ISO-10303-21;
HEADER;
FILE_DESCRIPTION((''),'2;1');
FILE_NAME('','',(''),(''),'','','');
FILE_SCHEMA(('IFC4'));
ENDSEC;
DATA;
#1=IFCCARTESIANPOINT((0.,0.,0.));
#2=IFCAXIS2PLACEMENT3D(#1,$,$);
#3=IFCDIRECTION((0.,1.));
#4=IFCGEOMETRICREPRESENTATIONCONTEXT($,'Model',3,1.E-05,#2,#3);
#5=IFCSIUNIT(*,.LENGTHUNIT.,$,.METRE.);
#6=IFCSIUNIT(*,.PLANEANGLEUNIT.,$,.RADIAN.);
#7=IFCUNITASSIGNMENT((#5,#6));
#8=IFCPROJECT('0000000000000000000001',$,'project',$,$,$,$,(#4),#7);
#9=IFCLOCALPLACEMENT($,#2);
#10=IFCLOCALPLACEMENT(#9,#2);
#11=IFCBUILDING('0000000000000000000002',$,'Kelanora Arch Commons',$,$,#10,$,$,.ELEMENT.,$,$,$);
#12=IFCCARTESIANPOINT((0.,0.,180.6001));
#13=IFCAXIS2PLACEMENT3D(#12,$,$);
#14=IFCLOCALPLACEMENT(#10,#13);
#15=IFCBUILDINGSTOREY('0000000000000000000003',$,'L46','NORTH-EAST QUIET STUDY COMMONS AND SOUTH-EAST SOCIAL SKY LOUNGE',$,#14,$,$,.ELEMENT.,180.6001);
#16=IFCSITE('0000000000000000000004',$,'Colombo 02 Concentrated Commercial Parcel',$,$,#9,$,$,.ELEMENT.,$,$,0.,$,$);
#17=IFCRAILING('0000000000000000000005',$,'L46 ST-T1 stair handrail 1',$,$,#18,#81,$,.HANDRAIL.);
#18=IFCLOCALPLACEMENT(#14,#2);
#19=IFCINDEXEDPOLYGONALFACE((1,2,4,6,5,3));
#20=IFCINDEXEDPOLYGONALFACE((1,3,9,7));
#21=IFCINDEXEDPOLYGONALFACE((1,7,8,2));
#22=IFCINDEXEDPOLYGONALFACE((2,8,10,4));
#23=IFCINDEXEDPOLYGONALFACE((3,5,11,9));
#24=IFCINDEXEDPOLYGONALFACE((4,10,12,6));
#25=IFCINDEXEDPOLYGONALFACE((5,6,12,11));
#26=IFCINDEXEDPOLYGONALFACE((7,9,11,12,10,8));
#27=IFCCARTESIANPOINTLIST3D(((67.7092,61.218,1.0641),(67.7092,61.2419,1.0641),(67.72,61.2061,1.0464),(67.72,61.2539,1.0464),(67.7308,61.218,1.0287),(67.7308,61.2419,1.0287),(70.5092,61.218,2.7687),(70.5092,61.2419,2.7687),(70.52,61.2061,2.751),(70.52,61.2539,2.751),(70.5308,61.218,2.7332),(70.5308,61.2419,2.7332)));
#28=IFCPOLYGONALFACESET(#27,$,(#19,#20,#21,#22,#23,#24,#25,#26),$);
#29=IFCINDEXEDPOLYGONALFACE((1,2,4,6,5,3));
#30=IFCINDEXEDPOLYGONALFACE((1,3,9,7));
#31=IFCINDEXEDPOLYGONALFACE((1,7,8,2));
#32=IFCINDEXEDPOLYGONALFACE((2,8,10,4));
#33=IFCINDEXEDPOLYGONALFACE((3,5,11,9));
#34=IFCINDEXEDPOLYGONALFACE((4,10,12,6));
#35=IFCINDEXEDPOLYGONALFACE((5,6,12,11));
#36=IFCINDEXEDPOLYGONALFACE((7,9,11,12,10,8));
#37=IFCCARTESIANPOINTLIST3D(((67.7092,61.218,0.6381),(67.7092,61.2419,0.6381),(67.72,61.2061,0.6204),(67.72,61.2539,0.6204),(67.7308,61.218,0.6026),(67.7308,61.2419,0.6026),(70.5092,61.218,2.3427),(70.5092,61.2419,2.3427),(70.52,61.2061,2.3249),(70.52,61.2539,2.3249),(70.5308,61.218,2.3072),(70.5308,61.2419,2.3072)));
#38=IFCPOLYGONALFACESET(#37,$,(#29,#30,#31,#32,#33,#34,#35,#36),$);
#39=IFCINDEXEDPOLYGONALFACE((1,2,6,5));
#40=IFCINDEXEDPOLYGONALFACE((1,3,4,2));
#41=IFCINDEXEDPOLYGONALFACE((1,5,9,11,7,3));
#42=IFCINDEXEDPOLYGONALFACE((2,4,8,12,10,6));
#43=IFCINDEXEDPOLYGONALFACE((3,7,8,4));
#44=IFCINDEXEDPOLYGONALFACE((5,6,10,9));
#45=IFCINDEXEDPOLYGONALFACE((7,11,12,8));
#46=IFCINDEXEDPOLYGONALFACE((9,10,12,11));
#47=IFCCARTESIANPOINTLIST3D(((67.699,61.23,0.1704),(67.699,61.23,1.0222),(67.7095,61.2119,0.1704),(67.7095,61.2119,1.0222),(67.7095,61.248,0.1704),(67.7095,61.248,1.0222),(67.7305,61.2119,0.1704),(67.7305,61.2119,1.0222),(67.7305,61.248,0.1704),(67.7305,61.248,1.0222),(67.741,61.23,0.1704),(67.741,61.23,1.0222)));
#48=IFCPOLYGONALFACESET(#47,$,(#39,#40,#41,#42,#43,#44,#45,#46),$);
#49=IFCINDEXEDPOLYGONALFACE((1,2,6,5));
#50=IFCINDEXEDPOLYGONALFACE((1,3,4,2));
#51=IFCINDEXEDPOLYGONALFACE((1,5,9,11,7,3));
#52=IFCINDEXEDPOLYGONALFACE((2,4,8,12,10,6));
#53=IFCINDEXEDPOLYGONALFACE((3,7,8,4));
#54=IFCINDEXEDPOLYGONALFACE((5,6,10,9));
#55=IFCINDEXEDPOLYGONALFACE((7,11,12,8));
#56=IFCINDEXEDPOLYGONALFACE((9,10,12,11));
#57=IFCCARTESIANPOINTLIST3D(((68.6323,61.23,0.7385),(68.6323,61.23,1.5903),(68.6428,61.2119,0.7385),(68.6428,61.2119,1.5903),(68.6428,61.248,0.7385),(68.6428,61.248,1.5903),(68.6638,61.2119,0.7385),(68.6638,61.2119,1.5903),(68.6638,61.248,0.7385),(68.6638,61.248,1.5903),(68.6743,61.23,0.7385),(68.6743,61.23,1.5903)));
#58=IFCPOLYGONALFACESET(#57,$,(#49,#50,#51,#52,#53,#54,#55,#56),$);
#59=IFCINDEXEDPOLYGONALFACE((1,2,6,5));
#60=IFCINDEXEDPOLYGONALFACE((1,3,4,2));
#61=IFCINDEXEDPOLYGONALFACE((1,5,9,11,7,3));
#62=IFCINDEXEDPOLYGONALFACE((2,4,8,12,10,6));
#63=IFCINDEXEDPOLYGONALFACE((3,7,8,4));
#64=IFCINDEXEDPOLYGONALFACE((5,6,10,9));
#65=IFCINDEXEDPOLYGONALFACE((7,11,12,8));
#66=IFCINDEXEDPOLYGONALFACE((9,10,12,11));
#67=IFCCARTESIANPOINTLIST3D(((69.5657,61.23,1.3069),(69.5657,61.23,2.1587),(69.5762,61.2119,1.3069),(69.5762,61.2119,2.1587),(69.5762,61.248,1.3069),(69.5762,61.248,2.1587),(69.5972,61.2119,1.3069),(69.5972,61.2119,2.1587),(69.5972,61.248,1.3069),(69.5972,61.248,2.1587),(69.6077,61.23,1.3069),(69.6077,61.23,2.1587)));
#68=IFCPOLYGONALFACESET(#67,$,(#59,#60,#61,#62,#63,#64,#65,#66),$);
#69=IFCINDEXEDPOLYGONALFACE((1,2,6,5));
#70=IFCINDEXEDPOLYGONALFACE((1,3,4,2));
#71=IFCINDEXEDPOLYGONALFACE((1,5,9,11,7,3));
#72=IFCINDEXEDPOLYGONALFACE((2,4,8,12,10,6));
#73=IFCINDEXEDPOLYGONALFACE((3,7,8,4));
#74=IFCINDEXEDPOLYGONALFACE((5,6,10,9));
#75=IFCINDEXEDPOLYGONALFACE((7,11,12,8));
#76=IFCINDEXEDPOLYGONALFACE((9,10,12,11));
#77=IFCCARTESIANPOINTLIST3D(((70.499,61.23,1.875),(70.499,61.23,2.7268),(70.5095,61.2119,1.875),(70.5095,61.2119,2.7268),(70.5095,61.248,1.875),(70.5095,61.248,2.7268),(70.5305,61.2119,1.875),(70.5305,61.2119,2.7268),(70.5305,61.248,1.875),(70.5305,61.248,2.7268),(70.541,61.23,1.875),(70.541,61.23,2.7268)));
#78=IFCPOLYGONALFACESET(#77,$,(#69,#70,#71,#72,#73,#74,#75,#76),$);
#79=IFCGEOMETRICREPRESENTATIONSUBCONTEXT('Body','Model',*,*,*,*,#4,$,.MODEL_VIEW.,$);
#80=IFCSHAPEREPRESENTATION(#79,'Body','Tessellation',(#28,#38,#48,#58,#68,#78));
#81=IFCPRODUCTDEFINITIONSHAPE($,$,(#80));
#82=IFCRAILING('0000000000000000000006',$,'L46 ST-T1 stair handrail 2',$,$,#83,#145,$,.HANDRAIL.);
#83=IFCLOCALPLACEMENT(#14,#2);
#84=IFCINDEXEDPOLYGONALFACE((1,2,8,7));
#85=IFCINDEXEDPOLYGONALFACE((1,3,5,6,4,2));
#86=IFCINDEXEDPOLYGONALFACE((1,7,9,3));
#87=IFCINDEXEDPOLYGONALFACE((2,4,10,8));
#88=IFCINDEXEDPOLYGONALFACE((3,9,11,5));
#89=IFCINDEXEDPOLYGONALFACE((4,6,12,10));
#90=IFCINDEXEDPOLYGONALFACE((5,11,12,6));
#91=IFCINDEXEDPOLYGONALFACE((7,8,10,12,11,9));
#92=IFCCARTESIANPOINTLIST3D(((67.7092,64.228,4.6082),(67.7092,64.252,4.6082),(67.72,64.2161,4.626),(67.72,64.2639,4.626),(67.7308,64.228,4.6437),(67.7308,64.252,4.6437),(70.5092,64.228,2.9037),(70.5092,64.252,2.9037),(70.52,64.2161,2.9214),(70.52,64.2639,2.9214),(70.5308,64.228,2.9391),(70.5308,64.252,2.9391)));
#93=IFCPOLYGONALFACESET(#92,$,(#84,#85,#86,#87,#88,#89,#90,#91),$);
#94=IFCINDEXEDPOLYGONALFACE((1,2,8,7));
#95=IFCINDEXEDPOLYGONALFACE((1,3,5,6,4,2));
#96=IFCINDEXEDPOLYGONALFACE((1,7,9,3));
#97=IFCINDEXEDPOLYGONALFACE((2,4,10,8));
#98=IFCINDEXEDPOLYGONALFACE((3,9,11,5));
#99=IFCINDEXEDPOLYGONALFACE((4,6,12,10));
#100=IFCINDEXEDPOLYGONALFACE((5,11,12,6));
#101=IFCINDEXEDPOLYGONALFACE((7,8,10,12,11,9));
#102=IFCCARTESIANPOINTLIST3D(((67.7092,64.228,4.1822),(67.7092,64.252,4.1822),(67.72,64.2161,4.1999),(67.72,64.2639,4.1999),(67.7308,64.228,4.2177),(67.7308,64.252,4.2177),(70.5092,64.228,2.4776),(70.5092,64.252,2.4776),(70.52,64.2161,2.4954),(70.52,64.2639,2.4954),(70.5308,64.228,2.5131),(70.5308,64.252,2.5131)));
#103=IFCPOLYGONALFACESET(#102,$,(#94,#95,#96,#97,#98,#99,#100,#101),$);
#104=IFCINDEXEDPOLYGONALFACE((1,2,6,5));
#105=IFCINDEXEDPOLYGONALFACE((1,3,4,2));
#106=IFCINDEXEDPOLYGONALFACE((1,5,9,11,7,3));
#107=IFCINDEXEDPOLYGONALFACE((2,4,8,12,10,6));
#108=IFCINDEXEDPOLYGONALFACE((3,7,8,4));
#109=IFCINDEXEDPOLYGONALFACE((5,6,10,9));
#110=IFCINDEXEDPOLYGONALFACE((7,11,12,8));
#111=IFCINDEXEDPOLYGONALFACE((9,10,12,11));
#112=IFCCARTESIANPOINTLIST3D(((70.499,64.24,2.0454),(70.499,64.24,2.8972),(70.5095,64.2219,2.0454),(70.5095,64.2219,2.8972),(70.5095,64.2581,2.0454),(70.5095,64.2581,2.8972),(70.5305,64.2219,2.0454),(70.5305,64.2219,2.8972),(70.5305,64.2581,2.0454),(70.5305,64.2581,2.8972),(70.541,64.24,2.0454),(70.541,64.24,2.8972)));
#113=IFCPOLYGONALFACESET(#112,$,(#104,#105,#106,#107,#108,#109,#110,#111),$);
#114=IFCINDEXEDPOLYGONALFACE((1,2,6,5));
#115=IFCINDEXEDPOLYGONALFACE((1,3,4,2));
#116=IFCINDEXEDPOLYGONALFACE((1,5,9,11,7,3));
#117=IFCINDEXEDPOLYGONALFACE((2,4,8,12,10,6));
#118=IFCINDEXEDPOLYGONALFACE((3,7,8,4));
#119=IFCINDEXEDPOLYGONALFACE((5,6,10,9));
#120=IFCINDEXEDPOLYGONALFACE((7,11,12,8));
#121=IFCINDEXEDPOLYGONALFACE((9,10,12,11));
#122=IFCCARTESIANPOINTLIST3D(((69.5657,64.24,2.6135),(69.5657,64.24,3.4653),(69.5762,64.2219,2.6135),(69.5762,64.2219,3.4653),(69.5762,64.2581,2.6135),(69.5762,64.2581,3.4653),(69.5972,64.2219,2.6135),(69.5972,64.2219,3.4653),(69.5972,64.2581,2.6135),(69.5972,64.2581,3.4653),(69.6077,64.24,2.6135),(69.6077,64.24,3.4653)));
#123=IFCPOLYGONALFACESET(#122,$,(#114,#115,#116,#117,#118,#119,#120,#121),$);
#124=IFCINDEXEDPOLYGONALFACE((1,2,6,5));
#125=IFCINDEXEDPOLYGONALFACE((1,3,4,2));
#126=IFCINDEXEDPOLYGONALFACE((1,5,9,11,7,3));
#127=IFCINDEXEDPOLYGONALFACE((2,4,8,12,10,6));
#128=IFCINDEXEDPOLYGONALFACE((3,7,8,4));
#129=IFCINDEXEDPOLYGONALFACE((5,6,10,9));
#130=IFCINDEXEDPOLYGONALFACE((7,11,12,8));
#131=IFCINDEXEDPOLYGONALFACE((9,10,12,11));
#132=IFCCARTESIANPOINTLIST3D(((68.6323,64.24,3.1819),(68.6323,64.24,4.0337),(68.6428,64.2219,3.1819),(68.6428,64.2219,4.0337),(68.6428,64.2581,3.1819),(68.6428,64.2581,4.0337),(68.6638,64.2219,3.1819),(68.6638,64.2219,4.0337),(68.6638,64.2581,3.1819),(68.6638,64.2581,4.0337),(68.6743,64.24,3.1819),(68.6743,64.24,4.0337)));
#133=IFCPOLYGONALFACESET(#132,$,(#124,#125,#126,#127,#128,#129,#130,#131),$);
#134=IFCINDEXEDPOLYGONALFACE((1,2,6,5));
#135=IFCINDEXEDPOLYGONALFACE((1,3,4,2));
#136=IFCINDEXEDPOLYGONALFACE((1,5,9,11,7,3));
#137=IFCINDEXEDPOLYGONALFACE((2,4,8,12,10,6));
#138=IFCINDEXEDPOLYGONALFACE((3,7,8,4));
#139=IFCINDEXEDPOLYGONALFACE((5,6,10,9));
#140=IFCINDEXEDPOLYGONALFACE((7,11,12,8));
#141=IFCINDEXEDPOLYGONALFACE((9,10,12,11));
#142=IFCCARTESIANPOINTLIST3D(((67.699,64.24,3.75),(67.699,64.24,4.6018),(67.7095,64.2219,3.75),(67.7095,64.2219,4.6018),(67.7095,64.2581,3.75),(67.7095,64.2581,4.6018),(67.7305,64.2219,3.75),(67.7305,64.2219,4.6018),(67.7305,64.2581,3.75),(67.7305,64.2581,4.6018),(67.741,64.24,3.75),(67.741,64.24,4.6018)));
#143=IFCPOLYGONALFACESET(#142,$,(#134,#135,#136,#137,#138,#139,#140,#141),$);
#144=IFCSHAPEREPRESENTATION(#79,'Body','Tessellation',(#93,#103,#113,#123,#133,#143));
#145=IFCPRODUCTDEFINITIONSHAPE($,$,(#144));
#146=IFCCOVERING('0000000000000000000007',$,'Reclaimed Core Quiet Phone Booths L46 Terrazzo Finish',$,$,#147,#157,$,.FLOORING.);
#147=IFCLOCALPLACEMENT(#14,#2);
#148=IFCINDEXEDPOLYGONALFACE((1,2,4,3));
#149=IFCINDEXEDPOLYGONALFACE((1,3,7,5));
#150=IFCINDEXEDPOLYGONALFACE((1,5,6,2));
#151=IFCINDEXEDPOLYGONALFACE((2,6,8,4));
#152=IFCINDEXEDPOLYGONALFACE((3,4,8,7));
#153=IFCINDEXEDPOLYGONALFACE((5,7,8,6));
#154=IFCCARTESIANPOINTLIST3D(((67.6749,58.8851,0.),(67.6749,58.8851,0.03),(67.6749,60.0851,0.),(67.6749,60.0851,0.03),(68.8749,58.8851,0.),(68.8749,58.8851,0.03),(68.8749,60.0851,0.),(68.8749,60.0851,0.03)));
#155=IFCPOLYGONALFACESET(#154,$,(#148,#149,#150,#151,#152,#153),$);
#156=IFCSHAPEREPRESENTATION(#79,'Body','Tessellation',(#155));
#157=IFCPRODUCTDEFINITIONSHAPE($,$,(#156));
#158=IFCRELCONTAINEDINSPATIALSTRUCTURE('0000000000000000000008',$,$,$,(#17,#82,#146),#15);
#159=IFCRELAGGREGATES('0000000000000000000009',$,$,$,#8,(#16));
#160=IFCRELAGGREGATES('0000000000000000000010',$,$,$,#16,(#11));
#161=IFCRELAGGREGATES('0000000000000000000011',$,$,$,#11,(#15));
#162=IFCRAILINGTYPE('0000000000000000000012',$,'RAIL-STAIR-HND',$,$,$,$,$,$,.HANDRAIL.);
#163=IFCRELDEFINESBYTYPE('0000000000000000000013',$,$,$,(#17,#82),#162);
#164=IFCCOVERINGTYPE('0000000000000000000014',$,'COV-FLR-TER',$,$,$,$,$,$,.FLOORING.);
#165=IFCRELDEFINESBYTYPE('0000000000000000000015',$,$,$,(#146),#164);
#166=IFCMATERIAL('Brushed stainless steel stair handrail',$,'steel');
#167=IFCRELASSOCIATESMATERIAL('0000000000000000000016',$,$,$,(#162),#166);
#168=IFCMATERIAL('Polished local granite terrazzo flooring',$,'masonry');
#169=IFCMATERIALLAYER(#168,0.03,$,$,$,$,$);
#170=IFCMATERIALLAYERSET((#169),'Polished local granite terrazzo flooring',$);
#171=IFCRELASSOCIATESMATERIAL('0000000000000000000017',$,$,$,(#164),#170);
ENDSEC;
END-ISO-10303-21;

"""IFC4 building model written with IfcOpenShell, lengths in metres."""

from ifc_helpers import new_model, si_unit, direction, frame, origin, origin_2d, place, context, subcontext, project, spatial, polyline, rectangle, outline, extrude, source, transform, mapped, material, layer, layer_set, type_object, element, save


model = new_model("IFC4")

# Units and contexts
model_context = context("Model", 3, precision=1e-05, world=origin(), true_north=direction((0.0, 1.0)))
body_context = subcontext(model_context, "Body", "Model", "MODEL_VIEW")
ifc_project = project(units=[si_unit("LENGTHUNIT", "METRE"), si_unit("PLANEANGLEUNIT", "RADIAN")], contexts=[model_context])

# Site, building, storey
site_placement = place(None, origin())
site = spatial("IfcSite", under=ifc_project, at=site_placement, Name="Colombo 02 Concentrated Commercial Parcel", CompositionType="ELEMENT", RefElevation=0.0)
building_placement = place(site_placement, origin())
building = spatial("IfcBuilding", under=site, at=building_placement, Name="Kelanora Arch Commons", CompositionType="ELEMENT")
storey_placement = place(building_placement, frame((0.0, 0.0, 180.6001)))
storey = spatial("IfcBuildingStorey", under=building, at=storey_placement, Name="L46", Description="NORTH-EAST QUIET STUDY COMMONS AND SOUTH-EAST SOCIAL SKY LOUNGE", CompositionType="ELEMENT", Elevation=180.6001)

# Railings
ifc_material_1 = material(Name="Brushed stainless steel stair handrail", Category="steel")
railing_type_1 = type_object("IfcRailingType", Name="RAIL-STAIR-HND", PredefinedType="HANDRAIL", material=ifc_material_1)
railing_1_placement = place(storey_placement, frame((67.72, 61.23, 0.1704)))
element("IfcRailing", 1, at=railing_1_placement, inside=storey, type_object=railing_type_1, Name="L46 ST-T1 stair handrail 1", PredefinedType="HANDRAIL", context=body_context, shape_type="SweptSolid", body=[
    extrude(outline(polyline([(0.0239, 0.0), (0.012, 0.0208), (-0.012, 0.0208), (-0.0239, 0.0), (-0.012, -0.0208), (0.012, -0.0208), (0.0239, 0.0)])), frame((0.0, 0.0, 0.876), z_axis=(0.85417, 0.0, 0.519994), x_axis=(0.0, 1.0, 0.0)), (0.0, 0.0, 1.0), 3.2781),
    extrude(outline(polyline([(0.0239, 0.0), (0.012, 0.0208), (-0.012, 0.0208), (-0.0239, 0.0), (-0.012, -0.0208), (0.012, -0.0208), (0.0239, 0.0)])), frame((0.0, 0.0, 0.45), z_axis=(0.85417, 0.0, 0.519994), x_axis=(0.0, 1.0, 0.0)), (0.0, 0.0, 1.0), 3.2781),
    extrude(outline(polyline([(0.021, 0.0), (0.0105, 0.0181), (-0.0105, 0.0181), (-0.021, 0.0), (-0.0105, -0.0181), (0.0105, -0.0181), (0.021, 0.0)])), origin(), (0.0, 0.0, 1.0), 0.8518),
    extrude(outline(polyline([(0.021, 0.0), (0.0105, 0.0181), (-0.0105, 0.0181), (-0.021, 0.0), (-0.0105, -0.0181), (0.0105, -0.0181), (0.021, 0.0)])), frame((0.9333, 0.0, 0.5681)), (0.0, 0.0, 1.0), 0.8518),
    extrude(outline(polyline([(0.021, 0.0), (0.0105, 0.0181), (-0.0105, 0.0181), (-0.021, 0.0), (-0.0105, -0.0181), (0.0105, -0.0181), (0.021, 0.0)])), frame((1.8667, 0.0, 1.1365)), (0.0, 0.0, 1.0), 0.8518),
    extrude(outline(polyline([(0.021, 0.0), (0.0105, 0.0181), (-0.0105, 0.0181), (-0.021, 0.0), (-0.0105, -0.0181), (0.0105, -0.0181), (0.021, 0.0)])), frame((2.8, 0.0, 1.7046)), (0.0, 0.0, 1.0), 0.8518),
])
railing_2_placement = place(storey_placement, frame((70.52, 64.24, 2.0454)))
element("IfcRailing", 2, at=railing_2_placement, inside=storey, type_object=railing_type_1, Name="L46 ST-T1 stair handrail 2", PredefinedType="HANDRAIL", context=body_context, shape_type="SweptSolid", body=[
    extrude(outline(polyline([(0.0239, 0.0), (0.012, 0.0208), (-0.012, 0.0208), (-0.0239, 0.0), (-0.012, -0.0208), (0.012, -0.0208), (0.0239, 0.0)])), frame((0.0, 0.0, 0.876), z_axis=(-0.85417, 0.0, 0.519994), x_axis=(0.0, -1.0, 0.0)), (0.0, 0.0, 1.0), 3.2781),
    extrude(outline(polyline([(0.0239, 0.0), (0.012, 0.0208), (-0.012, 0.0208), (-0.0239, 0.0), (-0.012, -0.0208), (0.012, -0.0208), (0.0239, 0.0)])), frame((0.0, 0.0, 0.45), z_axis=(-0.85417, 0.0, 0.519994), x_axis=(0.0, -1.0, 0.0)), (0.0, 0.0, 1.0), 3.2781),
    extrude(outline(polyline([(0.021, 0.0), (0.0105, 0.0181), (-0.0105, 0.0181), (-0.021, 0.0), (-0.0105, -0.0181), (0.0105, -0.0181), (0.021, 0.0)])), origin(), (0.0, 0.0, 1.0), 0.8518),
    extrude(outline(polyline([(0.021, 0.0), (0.0105, 0.0181), (-0.0105, 0.0181), (-0.021, 0.0), (-0.0105, -0.0181), (0.0105, -0.0181), (0.021, 0.0)])), frame((-0.9333, 0.0, 0.5681)), (0.0, 0.0, 1.0), 0.8518),
    extrude(outline(polyline([(0.021, 0.0), (0.0105, 0.0181), (-0.0105, 0.0181), (-0.021, 0.0), (-0.0105, -0.0181), (0.0105, -0.0181), (0.021, 0.0)])), frame((-1.8667, 0.0, 1.1365)), (0.0, 0.0, 1.0), 0.8518),
    extrude(outline(polyline([(0.021, 0.0), (0.0105, 0.0181), (-0.0105, 0.0181), (-0.021, 0.0), (-0.0105, -0.0181), (0.0105, -0.0181), (0.021, 0.0)])), frame((-2.8, 0.0, 1.7046)), (0.0, 0.0, 1.0), 0.8518),
])

# Covering
ifc_material_2 = material(Name="Polished local granite terrazzo flooring", Category="masonry")
ifc_layer_1 = layer(ifc_material_2, 0.03)
ifc_layer_set_1 = layer_set([ifc_layer_1], Name="Polished local granite terrazzo flooring")
covering_type = type_object("IfcCoveringType", Name="COV-FLR-TER", PredefinedType="FLOORING", material=ifc_layer_set_1)
shared_shape = source(origin(), body_context, "Body", "SweptSolid", [
    extrude(rectangle(XDim=1.2, YDim=1.2, at=origin_2d()), origin(), (0.0, 0.0, 1.0), 0.03),
])
covering_placement = place(storey_placement, frame((68.2749, 59.4851, 0.0), z_axis=(0.0, 0.0, 1.0), x_axis=(1.0, 0.0, 0.0)))
element("IfcCovering", 3, at=covering_placement, inside=storey, type_object=covering_type, Name="Reclaimed Core Quiet Phone Booths L46 Terrazzo Finish", PredefinedType="FLOORING", context=body_context, shape_type="MappedRepresentation", body=[
    mapped(shared_shape, transform((0.0, 0.0, 0.0), scale=1.0)),
])

save(model, "model.ifc")
